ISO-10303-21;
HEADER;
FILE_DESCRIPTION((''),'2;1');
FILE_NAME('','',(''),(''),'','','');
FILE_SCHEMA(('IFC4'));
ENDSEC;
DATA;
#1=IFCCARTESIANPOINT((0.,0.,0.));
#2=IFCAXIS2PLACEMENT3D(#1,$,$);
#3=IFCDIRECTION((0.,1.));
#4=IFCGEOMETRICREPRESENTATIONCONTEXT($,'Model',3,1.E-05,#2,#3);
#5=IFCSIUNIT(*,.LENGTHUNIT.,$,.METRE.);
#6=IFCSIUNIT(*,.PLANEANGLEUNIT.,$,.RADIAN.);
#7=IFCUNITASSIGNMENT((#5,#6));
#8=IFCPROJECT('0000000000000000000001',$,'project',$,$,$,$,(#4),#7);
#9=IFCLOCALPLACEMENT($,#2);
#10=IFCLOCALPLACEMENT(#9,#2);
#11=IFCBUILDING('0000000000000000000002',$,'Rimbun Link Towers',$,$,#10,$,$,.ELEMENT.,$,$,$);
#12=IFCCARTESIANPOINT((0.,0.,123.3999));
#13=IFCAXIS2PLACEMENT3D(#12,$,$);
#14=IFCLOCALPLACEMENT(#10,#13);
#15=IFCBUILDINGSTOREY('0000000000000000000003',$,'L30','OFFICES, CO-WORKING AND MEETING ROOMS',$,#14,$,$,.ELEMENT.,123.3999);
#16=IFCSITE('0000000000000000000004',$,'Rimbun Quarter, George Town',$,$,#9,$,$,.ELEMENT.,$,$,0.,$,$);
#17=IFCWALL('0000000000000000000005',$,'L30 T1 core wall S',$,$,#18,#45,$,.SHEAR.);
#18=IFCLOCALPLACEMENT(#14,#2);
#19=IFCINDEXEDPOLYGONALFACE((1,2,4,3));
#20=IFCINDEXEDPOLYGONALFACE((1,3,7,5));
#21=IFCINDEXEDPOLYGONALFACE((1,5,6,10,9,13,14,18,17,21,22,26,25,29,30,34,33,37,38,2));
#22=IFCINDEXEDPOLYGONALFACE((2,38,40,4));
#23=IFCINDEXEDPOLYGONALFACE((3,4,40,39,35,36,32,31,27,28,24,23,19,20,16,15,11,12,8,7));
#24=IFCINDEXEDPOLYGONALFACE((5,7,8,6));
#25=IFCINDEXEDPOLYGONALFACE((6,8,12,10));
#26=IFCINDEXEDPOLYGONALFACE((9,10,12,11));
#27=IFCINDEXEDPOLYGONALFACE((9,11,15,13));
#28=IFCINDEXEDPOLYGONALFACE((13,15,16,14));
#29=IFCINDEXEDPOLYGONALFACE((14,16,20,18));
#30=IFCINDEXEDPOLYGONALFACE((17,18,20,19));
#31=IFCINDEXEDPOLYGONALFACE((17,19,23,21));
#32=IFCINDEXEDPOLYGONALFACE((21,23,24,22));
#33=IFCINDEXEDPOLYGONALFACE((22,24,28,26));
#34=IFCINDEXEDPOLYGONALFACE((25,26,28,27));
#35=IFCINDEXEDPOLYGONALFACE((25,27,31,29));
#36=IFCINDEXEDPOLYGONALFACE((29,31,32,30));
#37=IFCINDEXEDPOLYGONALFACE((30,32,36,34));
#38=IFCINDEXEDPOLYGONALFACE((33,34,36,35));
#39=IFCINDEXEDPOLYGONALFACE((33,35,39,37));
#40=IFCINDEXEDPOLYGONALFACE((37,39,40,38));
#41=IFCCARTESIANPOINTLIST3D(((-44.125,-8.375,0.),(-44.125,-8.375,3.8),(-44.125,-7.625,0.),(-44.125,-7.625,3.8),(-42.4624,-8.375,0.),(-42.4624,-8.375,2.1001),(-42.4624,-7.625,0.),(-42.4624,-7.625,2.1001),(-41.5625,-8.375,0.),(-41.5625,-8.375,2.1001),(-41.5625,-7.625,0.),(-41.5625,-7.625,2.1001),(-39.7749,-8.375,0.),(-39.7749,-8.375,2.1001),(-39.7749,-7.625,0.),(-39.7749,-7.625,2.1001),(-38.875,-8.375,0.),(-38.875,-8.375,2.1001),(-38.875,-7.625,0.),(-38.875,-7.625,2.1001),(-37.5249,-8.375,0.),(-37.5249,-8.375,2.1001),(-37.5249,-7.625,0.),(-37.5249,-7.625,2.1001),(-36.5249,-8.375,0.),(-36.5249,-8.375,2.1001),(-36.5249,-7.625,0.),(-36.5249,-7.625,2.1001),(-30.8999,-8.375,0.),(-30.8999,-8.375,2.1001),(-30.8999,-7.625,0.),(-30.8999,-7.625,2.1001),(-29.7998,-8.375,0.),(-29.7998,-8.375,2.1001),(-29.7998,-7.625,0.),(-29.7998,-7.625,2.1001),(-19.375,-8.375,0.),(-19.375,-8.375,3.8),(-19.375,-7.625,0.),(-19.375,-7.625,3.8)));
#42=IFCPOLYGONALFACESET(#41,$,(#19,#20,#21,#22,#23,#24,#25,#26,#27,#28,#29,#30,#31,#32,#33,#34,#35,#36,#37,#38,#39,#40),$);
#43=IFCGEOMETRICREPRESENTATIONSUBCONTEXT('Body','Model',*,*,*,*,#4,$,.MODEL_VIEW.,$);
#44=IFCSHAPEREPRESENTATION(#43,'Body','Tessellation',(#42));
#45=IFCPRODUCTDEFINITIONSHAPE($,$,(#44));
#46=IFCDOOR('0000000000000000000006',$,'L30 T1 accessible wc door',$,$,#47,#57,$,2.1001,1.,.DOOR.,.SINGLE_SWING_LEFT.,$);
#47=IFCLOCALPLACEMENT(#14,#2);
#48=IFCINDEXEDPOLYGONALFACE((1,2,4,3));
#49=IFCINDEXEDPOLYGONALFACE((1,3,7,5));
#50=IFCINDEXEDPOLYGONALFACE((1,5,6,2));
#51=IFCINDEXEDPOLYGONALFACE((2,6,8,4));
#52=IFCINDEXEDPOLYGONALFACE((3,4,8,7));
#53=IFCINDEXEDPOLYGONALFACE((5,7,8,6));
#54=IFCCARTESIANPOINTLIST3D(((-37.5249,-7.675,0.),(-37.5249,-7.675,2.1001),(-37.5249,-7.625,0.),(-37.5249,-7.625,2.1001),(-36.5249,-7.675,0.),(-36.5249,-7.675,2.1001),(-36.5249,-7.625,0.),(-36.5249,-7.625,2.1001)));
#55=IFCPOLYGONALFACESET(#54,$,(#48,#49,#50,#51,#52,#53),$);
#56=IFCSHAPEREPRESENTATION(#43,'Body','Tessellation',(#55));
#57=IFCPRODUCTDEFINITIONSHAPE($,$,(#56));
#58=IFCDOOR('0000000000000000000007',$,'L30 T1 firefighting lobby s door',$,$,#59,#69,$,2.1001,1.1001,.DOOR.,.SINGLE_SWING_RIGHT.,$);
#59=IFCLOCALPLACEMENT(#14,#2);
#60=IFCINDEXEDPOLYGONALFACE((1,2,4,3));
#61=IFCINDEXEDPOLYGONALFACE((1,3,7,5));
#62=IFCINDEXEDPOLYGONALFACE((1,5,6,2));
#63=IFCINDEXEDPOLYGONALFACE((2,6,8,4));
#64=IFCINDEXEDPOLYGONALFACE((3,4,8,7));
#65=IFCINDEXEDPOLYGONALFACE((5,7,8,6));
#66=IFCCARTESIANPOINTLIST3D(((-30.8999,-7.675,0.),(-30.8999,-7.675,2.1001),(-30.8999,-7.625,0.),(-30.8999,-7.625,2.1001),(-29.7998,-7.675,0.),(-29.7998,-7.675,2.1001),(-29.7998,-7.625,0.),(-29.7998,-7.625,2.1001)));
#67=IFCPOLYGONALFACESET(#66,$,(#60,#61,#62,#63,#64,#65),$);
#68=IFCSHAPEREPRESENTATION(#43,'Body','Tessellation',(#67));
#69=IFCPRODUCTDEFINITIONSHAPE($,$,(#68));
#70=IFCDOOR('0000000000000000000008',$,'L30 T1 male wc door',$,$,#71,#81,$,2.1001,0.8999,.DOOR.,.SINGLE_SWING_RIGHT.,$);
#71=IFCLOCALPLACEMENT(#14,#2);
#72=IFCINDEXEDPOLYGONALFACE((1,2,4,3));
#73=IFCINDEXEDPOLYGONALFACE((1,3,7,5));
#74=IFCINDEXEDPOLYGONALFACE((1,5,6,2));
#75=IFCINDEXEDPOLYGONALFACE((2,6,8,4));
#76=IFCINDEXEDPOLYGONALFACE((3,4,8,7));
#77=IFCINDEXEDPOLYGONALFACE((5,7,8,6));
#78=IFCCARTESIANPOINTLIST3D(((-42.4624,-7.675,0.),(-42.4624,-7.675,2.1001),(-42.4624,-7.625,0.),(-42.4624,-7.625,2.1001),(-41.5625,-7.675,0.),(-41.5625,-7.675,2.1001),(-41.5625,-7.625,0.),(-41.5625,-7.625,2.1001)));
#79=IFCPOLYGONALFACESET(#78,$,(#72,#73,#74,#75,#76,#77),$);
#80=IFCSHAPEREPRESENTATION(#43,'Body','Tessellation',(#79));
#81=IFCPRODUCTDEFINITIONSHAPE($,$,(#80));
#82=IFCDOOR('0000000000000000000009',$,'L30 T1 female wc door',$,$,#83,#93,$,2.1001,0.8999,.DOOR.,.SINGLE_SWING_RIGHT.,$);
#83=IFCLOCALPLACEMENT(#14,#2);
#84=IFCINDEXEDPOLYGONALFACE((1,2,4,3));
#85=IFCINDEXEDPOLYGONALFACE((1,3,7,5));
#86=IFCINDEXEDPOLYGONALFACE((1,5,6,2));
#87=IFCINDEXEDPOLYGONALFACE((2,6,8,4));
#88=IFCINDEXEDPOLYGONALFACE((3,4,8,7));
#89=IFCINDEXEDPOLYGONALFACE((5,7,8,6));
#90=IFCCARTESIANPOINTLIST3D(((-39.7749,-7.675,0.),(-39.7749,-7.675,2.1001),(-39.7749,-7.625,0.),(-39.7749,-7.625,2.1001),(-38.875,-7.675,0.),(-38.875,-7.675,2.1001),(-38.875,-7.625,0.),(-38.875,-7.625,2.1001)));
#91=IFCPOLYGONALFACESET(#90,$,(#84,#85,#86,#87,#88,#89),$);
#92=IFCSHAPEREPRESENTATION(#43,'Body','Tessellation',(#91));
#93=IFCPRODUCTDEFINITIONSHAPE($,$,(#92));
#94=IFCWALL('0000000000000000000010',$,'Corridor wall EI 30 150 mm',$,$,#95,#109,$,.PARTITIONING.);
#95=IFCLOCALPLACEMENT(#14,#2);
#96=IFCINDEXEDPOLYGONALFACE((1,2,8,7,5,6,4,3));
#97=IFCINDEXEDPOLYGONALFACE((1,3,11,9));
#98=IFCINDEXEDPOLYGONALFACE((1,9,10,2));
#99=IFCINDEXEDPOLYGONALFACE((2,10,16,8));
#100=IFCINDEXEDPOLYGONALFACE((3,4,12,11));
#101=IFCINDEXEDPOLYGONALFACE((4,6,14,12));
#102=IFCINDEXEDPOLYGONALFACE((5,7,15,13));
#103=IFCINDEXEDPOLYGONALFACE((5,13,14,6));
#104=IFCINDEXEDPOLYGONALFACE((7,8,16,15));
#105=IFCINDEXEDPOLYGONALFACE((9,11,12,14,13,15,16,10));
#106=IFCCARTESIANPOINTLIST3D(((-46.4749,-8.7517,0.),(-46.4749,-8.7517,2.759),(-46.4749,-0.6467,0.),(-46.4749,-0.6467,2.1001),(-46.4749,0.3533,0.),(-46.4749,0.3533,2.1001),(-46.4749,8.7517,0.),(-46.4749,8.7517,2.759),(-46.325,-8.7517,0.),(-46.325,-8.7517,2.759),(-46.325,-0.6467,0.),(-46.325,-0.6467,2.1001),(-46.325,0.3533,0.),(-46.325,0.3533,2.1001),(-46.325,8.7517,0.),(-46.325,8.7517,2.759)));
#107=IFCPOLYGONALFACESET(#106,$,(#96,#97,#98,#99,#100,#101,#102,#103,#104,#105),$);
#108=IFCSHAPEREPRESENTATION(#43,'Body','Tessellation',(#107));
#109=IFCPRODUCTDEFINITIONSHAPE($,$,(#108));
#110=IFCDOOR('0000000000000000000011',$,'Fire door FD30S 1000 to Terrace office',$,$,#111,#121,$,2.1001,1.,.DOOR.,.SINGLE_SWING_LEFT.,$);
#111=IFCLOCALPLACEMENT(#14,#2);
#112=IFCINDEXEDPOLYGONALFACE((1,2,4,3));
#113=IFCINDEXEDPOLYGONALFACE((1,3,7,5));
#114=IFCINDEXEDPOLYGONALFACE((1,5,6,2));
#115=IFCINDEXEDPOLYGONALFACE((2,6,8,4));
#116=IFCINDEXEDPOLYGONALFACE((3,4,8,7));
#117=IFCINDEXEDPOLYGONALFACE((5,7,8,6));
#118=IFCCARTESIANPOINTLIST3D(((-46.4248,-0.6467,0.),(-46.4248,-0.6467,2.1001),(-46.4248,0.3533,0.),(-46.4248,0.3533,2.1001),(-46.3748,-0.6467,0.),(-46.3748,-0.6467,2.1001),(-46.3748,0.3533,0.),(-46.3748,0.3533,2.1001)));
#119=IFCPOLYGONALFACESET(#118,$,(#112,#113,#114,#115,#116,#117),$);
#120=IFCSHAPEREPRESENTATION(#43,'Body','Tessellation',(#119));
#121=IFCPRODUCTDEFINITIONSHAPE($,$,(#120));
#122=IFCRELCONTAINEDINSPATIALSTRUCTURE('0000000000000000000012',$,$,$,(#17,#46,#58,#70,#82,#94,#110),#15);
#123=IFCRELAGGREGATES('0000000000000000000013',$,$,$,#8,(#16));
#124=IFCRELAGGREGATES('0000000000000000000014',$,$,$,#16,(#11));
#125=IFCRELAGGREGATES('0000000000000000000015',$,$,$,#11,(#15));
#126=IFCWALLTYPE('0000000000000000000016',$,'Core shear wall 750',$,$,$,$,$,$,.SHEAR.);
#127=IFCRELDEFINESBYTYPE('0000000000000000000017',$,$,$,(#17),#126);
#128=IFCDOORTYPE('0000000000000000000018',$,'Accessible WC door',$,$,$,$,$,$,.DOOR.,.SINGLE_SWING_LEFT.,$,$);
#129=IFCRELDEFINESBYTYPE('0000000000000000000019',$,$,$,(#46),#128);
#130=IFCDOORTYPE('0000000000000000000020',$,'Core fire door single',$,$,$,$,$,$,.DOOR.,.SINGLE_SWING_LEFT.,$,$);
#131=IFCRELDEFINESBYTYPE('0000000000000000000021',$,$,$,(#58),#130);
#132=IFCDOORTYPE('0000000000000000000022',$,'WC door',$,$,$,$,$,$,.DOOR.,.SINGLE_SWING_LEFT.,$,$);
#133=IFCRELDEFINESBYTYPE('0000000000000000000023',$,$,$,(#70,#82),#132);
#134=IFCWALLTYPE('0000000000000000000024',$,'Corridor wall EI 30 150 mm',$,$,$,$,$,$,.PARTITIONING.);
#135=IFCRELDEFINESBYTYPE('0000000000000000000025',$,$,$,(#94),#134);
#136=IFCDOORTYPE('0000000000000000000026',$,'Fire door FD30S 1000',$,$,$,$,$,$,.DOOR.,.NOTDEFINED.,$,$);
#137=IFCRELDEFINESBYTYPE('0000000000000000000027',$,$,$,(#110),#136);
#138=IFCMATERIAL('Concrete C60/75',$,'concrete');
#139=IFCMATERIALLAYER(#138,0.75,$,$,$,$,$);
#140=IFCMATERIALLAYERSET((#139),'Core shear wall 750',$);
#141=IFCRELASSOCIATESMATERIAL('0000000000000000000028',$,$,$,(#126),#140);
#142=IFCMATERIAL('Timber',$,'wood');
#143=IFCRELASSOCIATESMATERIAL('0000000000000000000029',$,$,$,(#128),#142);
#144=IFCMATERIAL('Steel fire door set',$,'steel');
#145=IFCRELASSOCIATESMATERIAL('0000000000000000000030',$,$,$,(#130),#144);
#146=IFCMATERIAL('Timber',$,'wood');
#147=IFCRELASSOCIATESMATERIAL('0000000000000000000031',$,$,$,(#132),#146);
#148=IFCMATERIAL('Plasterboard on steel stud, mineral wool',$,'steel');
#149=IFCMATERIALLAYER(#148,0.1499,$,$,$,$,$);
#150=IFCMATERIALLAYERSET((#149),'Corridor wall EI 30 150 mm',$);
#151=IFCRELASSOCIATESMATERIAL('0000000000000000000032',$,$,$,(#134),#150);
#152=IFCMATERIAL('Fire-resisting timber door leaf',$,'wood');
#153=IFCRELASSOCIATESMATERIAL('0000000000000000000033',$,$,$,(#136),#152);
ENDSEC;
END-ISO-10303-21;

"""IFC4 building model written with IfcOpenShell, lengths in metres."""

from ifc_helpers import new_model, si_unit, direction, frame, frame_2d, origin, place, context, subcontext, project, spatial, rectangle, extrude, material, layer, layer_set, type_object, element, fill, save


model = new_model("IFC4")

# Units and contexts
model_context = context("Model", 3, precision=1e-05, world=origin(), true_north=direction((0.0, 1.0)))
body_context = subcontext(model_context, "Body", "Model", "MODEL_VIEW")
ifc_project = project(units=[si_unit("LENGTHUNIT", "METRE"), si_unit("PLANEANGLEUNIT", "RADIAN")], contexts=[model_context])

# Site, building, storey
site_placement = place(None, origin())
site = spatial("IfcSite", under=ifc_project, at=site_placement, Name="Rimbun Quarter, George Town", CompositionType="ELEMENT", RefElevation=0.0)
building_placement = place(site_placement, origin())
building = spatial("IfcBuilding", under=site, at=building_placement, Name="Rimbun Link Towers", CompositionType="ELEMENT")
storey_placement = place(building_placement, frame((0.0, 0.0, 123.3999)))
storey = spatial("IfcBuildingStorey", under=building, at=storey_placement, Name="L30", Description="OFFICES, CO-WORKING AND MEETING ROOMS", CompositionType="ELEMENT", Elevation=123.3999)

# Wall, openings, doors
ifc_material_1 = material(Name="Concrete C60/75", Category="concrete")
ifc_layer_1 = layer(ifc_material_1, 0.75)
ifc_layer_set_1 = layer_set([ifc_layer_1], Name="Core shear wall 750")
wall_type_1 = type_object("IfcWallType", Name="Core shear wall 750", PredefinedType="SHEAR", material=ifc_layer_set_1)
wall_1_placement = place(storey_placement, frame((-44.125, -8.0, 0.0), z_axis=(0.0, 0.0, 1.0), x_axis=(1.0, 0.0, 0.0)))
wall_1 = element("IfcWall", 1, at=wall_1_placement, inside=storey, type_object=wall_type_1, Name="L30 T1 core wall S", PredefinedType="SHEAR", context=body_context, shape_type="SweptSolid", body=[
    extrude(rectangle(XDim=24.75, YDim=0.75, at=frame_2d((12.375, 0.0))), origin(), (0.0, 0.0, 1.0), 3.8),
])
opening_1_placement = place(wall_1_placement, frame((13.2251, 0.0, 0.0)))
opening_1 = element("IfcOpeningElement", 2, at=opening_1_placement, cuts=wall_1, PredefinedType="OPENING", context=body_context, shape_type="SweptSolid", body=[
    extrude(rectangle(XDim=1.1001, YDim=2.1001, at=frame_2d((0.55, 1.05))), frame((0.0, 0.385, 0.0), z_axis=(0.0, -1.0, 0.0), x_axis=(1.0, 0.0, 0.0)), (0.0, 0.0, 1.0), 0.77),
])
opening_2_placement = place(wall_1_placement, frame((1.6626, 0.0, 0.0)))
opening_2 = element("IfcOpeningElement", 3, at=opening_2_placement, cuts=wall_1, PredefinedType="OPENING", context=body_context, shape_type="SweptSolid", body=[
    extrude(rectangle(XDim=0.8999, YDim=2.1001, at=frame_2d((0.45, 1.05))), frame((0.0, 0.385, 0.0), z_axis=(0.0, -1.0, 0.0), x_axis=(1.0, 0.0, 0.0)), (0.0, 0.0, 1.0), 0.77),
])
opening_3_placement = place(wall_1_placement, frame((4.3501, 0.0, 0.0)))
opening_3 = element("IfcOpeningElement", 4, at=opening_3_placement, cuts=wall_1, PredefinedType="OPENING", context=body_context, shape_type="SweptSolid", body=[
    extrude(rectangle(XDim=0.8999, YDim=2.1001, at=frame_2d((0.45, 1.05))), frame((0.0, 0.385, 0.0), z_axis=(0.0, -1.0, 0.0), x_axis=(1.0, 0.0, 0.0)), (0.0, 0.0, 1.0), 0.77),
])
opening_4_placement = place(wall_1_placement, frame((6.6001, 0.0, 0.0)))
opening_4 = element("IfcOpeningElement", 5, at=opening_4_placement, cuts=wall_1, PredefinedType="OPENING", context=body_context, shape_type="SweptSolid", body=[
    extrude(rectangle(XDim=1.0, YDim=2.1001, at=frame_2d((0.5, 1.05))), frame((0.0, 0.385, 0.0), z_axis=(0.0, -1.0, 0.0), x_axis=(1.0, 0.0, 0.0)), (0.0, 0.0, 1.0), 0.77),
])
ifc_material_2 = material(Name="Timber", Category="wood")
door_type_1 = type_object("IfcDoorType", Name="Accessible WC door", OperationType="SINGLE_SWING_LEFT", PredefinedType="DOOR", material=ifc_material_2)
door_1_placement = place(opening_4_placement, origin())
door_1 = element("IfcDoor", 6, at=door_1_placement, inside=storey, type_object=door_type_1, Name="L30 T1 accessible wc door", OperationType="SINGLE_SWING_LEFT", OverallHeight=2.1001, OverallWidth=1.0, PredefinedType="DOOR", context=body_context, shape_type="SweptSolid", body=[
    extrude(rectangle(XDim=1.0, YDim=2.1001, at=frame_2d((0.5, 1.05))), frame((0.0, 0.375, 0.0), z_axis=(0.0, -1.0, 0.0), x_axis=(1.0, 0.0, 0.0)), (0.0, 0.0, 1.0), 0.05),
])
fill(opening_4, door_1)
ifc_material_3 = material(Name="Steel fire door set", Category="steel")
door_type_2 = type_object("IfcDoorType", Name="Core fire door single", OperationType="SINGLE_SWING_LEFT", PredefinedType="DOOR", material=ifc_material_3)
door_2_placement = place(opening_1_placement, origin())
door_2 = element("IfcDoor", 7, at=door_2_placement, inside=storey, type_object=door_type_2, Name="L30 T1 firefighting lobby s door", OperationType="SINGLE_SWING_RIGHT", OverallHeight=2.1001, OverallWidth=1.1001, PredefinedType="DOOR", context=body_context, shape_type="SweptSolid", body=[
    extrude(rectangle(XDim=1.1001, YDim=2.1001, at=frame_2d((0.55, 1.05))), frame((0.0, 0.375, 0.0), z_axis=(0.0, -1.0, 0.0), x_axis=(1.0, 0.0, 0.0)), (0.0, 0.0, 1.0), 0.05),
])
fill(opening_1, door_2)
ifc_material_4 = material(Name="Timber", Category="wood")
door_type_3 = type_object("IfcDoorType", Name="WC door", OperationType="SINGLE_SWING_LEFT", PredefinedType="DOOR", material=ifc_material_4)
door_3_placement = place(opening_2_placement, origin())
door_3 = element("IfcDoor", 8, at=door_3_placement, inside=storey, type_object=door_type_3, Name="L30 T1 male wc door", OperationType="SINGLE_SWING_RIGHT", OverallHeight=2.1001, OverallWidth=0.8999, PredefinedType="DOOR", context=body_context, shape_type="SweptSolid", body=[
    extrude(rectangle(XDim=0.8999, YDim=2.1001, at=frame_2d((0.45, 1.05))), frame((0.0, 0.375, 0.0), z_axis=(0.0, -1.0, 0.0), x_axis=(1.0, 0.0, 0.0)), (0.0, 0.0, 1.0), 0.05),
])
fill(opening_2, door_3)
door_4_placement = place(opening_3_placement, origin())
door_4 = element("IfcDoor", 9, at=door_4_placement, inside=storey, type_object=door_type_3, Name="L30 T1 female wc door", OperationType="SINGLE_SWING_RIGHT", OverallHeight=2.1001, OverallWidth=0.8999, PredefinedType="DOOR", context=body_context, shape_type="SweptSolid", body=[
    extrude(rectangle(XDim=0.8999, YDim=2.1001, at=frame_2d((0.45, 1.05))), frame((0.0, 0.375, 0.0), z_axis=(0.0, -1.0, 0.0), x_axis=(1.0, 0.0, 0.0)), (0.0, 0.0, 1.0), 0.05),
])
fill(opening_3, door_4)

# Wall, opening, door
ifc_material_5 = material(Name="Plasterboard on steel stud, mineral wool", Category="steel")
ifc_layer_2 = layer(ifc_material_5, 0.1499)
ifc_layer_set_2 = layer_set([ifc_layer_2], Name="Corridor wall EI 30 150 mm")
wall_type_2 = type_object("IfcWallType", Name="Corridor wall EI 30 150 mm", PredefinedType="PARTITIONING", material=ifc_layer_set_2)
wall_2_placement = place(storey_placement, frame((-46.3999, -8.7517, 0.0), z_axis=(0.0, 0.0, 1.0), x_axis=(0.0, 1.0, 0.0)))
wall_2 = element("IfcWall", 10, at=wall_2_placement, inside=storey, type_object=wall_type_2, Name="Corridor wall EI 30 150 mm", PredefinedType="PARTITIONING", context=body_context, shape_type="SweptSolid", body=[
    extrude(rectangle(XDim=17.5034, YDim=0.1499, at=frame_2d((8.7517, 0.0))), origin(), (0.0, 0.0, 1.0), 2.759),
])
opening_5_placement = place(wall_2_placement, frame((8.105, 0.0, 0.0)))
opening_5 = element("IfcOpeningElement", 11, at=opening_5_placement, cuts=wall_2, PredefinedType="OPENING", context=body_context, shape_type="SweptSolid", body=[
    extrude(rectangle(XDim=1.0, YDim=2.1001, at=frame_2d((0.5, 1.05))), frame((0.0, 0.085, 0.0), z_axis=(0.0, -1.0, 0.0), x_axis=(1.0, 0.0, 0.0)), (0.0, 0.0, 1.0), 0.1699),
])
ifc_material_6 = material(Name="Fire-resisting timber door leaf", Category="wood")
door_type_4 = type_object("IfcDoorType", Name="Fire door FD30S 1000", OperationType="NOTDEFINED", PredefinedType="DOOR", material=ifc_material_6)
door_5_placement = place(opening_5_placement, origin())
door_5 = element("IfcDoor", 12, at=door_5_placement, inside=storey, type_object=door_type_4, Name="Fire door FD30S 1000 to Terrace office", OperationType="SINGLE_SWING_LEFT", OverallHeight=2.1001, OverallWidth=1.0, PredefinedType="DOOR", context=body_context, shape_type="SweptSolid", body=[
    extrude(rectangle(XDim=1.0, YDim=2.1001, at=frame_2d((0.5, 1.05))), frame((0.0, 0.0249, 0.0), z_axis=(0.0, -1.0, 0.0), x_axis=(1.0, 0.0, 0.0)), (0.0, 0.0, 1.0), 0.05),
])
fill(opening_5, door_5)

save(model, "model.ifc")
